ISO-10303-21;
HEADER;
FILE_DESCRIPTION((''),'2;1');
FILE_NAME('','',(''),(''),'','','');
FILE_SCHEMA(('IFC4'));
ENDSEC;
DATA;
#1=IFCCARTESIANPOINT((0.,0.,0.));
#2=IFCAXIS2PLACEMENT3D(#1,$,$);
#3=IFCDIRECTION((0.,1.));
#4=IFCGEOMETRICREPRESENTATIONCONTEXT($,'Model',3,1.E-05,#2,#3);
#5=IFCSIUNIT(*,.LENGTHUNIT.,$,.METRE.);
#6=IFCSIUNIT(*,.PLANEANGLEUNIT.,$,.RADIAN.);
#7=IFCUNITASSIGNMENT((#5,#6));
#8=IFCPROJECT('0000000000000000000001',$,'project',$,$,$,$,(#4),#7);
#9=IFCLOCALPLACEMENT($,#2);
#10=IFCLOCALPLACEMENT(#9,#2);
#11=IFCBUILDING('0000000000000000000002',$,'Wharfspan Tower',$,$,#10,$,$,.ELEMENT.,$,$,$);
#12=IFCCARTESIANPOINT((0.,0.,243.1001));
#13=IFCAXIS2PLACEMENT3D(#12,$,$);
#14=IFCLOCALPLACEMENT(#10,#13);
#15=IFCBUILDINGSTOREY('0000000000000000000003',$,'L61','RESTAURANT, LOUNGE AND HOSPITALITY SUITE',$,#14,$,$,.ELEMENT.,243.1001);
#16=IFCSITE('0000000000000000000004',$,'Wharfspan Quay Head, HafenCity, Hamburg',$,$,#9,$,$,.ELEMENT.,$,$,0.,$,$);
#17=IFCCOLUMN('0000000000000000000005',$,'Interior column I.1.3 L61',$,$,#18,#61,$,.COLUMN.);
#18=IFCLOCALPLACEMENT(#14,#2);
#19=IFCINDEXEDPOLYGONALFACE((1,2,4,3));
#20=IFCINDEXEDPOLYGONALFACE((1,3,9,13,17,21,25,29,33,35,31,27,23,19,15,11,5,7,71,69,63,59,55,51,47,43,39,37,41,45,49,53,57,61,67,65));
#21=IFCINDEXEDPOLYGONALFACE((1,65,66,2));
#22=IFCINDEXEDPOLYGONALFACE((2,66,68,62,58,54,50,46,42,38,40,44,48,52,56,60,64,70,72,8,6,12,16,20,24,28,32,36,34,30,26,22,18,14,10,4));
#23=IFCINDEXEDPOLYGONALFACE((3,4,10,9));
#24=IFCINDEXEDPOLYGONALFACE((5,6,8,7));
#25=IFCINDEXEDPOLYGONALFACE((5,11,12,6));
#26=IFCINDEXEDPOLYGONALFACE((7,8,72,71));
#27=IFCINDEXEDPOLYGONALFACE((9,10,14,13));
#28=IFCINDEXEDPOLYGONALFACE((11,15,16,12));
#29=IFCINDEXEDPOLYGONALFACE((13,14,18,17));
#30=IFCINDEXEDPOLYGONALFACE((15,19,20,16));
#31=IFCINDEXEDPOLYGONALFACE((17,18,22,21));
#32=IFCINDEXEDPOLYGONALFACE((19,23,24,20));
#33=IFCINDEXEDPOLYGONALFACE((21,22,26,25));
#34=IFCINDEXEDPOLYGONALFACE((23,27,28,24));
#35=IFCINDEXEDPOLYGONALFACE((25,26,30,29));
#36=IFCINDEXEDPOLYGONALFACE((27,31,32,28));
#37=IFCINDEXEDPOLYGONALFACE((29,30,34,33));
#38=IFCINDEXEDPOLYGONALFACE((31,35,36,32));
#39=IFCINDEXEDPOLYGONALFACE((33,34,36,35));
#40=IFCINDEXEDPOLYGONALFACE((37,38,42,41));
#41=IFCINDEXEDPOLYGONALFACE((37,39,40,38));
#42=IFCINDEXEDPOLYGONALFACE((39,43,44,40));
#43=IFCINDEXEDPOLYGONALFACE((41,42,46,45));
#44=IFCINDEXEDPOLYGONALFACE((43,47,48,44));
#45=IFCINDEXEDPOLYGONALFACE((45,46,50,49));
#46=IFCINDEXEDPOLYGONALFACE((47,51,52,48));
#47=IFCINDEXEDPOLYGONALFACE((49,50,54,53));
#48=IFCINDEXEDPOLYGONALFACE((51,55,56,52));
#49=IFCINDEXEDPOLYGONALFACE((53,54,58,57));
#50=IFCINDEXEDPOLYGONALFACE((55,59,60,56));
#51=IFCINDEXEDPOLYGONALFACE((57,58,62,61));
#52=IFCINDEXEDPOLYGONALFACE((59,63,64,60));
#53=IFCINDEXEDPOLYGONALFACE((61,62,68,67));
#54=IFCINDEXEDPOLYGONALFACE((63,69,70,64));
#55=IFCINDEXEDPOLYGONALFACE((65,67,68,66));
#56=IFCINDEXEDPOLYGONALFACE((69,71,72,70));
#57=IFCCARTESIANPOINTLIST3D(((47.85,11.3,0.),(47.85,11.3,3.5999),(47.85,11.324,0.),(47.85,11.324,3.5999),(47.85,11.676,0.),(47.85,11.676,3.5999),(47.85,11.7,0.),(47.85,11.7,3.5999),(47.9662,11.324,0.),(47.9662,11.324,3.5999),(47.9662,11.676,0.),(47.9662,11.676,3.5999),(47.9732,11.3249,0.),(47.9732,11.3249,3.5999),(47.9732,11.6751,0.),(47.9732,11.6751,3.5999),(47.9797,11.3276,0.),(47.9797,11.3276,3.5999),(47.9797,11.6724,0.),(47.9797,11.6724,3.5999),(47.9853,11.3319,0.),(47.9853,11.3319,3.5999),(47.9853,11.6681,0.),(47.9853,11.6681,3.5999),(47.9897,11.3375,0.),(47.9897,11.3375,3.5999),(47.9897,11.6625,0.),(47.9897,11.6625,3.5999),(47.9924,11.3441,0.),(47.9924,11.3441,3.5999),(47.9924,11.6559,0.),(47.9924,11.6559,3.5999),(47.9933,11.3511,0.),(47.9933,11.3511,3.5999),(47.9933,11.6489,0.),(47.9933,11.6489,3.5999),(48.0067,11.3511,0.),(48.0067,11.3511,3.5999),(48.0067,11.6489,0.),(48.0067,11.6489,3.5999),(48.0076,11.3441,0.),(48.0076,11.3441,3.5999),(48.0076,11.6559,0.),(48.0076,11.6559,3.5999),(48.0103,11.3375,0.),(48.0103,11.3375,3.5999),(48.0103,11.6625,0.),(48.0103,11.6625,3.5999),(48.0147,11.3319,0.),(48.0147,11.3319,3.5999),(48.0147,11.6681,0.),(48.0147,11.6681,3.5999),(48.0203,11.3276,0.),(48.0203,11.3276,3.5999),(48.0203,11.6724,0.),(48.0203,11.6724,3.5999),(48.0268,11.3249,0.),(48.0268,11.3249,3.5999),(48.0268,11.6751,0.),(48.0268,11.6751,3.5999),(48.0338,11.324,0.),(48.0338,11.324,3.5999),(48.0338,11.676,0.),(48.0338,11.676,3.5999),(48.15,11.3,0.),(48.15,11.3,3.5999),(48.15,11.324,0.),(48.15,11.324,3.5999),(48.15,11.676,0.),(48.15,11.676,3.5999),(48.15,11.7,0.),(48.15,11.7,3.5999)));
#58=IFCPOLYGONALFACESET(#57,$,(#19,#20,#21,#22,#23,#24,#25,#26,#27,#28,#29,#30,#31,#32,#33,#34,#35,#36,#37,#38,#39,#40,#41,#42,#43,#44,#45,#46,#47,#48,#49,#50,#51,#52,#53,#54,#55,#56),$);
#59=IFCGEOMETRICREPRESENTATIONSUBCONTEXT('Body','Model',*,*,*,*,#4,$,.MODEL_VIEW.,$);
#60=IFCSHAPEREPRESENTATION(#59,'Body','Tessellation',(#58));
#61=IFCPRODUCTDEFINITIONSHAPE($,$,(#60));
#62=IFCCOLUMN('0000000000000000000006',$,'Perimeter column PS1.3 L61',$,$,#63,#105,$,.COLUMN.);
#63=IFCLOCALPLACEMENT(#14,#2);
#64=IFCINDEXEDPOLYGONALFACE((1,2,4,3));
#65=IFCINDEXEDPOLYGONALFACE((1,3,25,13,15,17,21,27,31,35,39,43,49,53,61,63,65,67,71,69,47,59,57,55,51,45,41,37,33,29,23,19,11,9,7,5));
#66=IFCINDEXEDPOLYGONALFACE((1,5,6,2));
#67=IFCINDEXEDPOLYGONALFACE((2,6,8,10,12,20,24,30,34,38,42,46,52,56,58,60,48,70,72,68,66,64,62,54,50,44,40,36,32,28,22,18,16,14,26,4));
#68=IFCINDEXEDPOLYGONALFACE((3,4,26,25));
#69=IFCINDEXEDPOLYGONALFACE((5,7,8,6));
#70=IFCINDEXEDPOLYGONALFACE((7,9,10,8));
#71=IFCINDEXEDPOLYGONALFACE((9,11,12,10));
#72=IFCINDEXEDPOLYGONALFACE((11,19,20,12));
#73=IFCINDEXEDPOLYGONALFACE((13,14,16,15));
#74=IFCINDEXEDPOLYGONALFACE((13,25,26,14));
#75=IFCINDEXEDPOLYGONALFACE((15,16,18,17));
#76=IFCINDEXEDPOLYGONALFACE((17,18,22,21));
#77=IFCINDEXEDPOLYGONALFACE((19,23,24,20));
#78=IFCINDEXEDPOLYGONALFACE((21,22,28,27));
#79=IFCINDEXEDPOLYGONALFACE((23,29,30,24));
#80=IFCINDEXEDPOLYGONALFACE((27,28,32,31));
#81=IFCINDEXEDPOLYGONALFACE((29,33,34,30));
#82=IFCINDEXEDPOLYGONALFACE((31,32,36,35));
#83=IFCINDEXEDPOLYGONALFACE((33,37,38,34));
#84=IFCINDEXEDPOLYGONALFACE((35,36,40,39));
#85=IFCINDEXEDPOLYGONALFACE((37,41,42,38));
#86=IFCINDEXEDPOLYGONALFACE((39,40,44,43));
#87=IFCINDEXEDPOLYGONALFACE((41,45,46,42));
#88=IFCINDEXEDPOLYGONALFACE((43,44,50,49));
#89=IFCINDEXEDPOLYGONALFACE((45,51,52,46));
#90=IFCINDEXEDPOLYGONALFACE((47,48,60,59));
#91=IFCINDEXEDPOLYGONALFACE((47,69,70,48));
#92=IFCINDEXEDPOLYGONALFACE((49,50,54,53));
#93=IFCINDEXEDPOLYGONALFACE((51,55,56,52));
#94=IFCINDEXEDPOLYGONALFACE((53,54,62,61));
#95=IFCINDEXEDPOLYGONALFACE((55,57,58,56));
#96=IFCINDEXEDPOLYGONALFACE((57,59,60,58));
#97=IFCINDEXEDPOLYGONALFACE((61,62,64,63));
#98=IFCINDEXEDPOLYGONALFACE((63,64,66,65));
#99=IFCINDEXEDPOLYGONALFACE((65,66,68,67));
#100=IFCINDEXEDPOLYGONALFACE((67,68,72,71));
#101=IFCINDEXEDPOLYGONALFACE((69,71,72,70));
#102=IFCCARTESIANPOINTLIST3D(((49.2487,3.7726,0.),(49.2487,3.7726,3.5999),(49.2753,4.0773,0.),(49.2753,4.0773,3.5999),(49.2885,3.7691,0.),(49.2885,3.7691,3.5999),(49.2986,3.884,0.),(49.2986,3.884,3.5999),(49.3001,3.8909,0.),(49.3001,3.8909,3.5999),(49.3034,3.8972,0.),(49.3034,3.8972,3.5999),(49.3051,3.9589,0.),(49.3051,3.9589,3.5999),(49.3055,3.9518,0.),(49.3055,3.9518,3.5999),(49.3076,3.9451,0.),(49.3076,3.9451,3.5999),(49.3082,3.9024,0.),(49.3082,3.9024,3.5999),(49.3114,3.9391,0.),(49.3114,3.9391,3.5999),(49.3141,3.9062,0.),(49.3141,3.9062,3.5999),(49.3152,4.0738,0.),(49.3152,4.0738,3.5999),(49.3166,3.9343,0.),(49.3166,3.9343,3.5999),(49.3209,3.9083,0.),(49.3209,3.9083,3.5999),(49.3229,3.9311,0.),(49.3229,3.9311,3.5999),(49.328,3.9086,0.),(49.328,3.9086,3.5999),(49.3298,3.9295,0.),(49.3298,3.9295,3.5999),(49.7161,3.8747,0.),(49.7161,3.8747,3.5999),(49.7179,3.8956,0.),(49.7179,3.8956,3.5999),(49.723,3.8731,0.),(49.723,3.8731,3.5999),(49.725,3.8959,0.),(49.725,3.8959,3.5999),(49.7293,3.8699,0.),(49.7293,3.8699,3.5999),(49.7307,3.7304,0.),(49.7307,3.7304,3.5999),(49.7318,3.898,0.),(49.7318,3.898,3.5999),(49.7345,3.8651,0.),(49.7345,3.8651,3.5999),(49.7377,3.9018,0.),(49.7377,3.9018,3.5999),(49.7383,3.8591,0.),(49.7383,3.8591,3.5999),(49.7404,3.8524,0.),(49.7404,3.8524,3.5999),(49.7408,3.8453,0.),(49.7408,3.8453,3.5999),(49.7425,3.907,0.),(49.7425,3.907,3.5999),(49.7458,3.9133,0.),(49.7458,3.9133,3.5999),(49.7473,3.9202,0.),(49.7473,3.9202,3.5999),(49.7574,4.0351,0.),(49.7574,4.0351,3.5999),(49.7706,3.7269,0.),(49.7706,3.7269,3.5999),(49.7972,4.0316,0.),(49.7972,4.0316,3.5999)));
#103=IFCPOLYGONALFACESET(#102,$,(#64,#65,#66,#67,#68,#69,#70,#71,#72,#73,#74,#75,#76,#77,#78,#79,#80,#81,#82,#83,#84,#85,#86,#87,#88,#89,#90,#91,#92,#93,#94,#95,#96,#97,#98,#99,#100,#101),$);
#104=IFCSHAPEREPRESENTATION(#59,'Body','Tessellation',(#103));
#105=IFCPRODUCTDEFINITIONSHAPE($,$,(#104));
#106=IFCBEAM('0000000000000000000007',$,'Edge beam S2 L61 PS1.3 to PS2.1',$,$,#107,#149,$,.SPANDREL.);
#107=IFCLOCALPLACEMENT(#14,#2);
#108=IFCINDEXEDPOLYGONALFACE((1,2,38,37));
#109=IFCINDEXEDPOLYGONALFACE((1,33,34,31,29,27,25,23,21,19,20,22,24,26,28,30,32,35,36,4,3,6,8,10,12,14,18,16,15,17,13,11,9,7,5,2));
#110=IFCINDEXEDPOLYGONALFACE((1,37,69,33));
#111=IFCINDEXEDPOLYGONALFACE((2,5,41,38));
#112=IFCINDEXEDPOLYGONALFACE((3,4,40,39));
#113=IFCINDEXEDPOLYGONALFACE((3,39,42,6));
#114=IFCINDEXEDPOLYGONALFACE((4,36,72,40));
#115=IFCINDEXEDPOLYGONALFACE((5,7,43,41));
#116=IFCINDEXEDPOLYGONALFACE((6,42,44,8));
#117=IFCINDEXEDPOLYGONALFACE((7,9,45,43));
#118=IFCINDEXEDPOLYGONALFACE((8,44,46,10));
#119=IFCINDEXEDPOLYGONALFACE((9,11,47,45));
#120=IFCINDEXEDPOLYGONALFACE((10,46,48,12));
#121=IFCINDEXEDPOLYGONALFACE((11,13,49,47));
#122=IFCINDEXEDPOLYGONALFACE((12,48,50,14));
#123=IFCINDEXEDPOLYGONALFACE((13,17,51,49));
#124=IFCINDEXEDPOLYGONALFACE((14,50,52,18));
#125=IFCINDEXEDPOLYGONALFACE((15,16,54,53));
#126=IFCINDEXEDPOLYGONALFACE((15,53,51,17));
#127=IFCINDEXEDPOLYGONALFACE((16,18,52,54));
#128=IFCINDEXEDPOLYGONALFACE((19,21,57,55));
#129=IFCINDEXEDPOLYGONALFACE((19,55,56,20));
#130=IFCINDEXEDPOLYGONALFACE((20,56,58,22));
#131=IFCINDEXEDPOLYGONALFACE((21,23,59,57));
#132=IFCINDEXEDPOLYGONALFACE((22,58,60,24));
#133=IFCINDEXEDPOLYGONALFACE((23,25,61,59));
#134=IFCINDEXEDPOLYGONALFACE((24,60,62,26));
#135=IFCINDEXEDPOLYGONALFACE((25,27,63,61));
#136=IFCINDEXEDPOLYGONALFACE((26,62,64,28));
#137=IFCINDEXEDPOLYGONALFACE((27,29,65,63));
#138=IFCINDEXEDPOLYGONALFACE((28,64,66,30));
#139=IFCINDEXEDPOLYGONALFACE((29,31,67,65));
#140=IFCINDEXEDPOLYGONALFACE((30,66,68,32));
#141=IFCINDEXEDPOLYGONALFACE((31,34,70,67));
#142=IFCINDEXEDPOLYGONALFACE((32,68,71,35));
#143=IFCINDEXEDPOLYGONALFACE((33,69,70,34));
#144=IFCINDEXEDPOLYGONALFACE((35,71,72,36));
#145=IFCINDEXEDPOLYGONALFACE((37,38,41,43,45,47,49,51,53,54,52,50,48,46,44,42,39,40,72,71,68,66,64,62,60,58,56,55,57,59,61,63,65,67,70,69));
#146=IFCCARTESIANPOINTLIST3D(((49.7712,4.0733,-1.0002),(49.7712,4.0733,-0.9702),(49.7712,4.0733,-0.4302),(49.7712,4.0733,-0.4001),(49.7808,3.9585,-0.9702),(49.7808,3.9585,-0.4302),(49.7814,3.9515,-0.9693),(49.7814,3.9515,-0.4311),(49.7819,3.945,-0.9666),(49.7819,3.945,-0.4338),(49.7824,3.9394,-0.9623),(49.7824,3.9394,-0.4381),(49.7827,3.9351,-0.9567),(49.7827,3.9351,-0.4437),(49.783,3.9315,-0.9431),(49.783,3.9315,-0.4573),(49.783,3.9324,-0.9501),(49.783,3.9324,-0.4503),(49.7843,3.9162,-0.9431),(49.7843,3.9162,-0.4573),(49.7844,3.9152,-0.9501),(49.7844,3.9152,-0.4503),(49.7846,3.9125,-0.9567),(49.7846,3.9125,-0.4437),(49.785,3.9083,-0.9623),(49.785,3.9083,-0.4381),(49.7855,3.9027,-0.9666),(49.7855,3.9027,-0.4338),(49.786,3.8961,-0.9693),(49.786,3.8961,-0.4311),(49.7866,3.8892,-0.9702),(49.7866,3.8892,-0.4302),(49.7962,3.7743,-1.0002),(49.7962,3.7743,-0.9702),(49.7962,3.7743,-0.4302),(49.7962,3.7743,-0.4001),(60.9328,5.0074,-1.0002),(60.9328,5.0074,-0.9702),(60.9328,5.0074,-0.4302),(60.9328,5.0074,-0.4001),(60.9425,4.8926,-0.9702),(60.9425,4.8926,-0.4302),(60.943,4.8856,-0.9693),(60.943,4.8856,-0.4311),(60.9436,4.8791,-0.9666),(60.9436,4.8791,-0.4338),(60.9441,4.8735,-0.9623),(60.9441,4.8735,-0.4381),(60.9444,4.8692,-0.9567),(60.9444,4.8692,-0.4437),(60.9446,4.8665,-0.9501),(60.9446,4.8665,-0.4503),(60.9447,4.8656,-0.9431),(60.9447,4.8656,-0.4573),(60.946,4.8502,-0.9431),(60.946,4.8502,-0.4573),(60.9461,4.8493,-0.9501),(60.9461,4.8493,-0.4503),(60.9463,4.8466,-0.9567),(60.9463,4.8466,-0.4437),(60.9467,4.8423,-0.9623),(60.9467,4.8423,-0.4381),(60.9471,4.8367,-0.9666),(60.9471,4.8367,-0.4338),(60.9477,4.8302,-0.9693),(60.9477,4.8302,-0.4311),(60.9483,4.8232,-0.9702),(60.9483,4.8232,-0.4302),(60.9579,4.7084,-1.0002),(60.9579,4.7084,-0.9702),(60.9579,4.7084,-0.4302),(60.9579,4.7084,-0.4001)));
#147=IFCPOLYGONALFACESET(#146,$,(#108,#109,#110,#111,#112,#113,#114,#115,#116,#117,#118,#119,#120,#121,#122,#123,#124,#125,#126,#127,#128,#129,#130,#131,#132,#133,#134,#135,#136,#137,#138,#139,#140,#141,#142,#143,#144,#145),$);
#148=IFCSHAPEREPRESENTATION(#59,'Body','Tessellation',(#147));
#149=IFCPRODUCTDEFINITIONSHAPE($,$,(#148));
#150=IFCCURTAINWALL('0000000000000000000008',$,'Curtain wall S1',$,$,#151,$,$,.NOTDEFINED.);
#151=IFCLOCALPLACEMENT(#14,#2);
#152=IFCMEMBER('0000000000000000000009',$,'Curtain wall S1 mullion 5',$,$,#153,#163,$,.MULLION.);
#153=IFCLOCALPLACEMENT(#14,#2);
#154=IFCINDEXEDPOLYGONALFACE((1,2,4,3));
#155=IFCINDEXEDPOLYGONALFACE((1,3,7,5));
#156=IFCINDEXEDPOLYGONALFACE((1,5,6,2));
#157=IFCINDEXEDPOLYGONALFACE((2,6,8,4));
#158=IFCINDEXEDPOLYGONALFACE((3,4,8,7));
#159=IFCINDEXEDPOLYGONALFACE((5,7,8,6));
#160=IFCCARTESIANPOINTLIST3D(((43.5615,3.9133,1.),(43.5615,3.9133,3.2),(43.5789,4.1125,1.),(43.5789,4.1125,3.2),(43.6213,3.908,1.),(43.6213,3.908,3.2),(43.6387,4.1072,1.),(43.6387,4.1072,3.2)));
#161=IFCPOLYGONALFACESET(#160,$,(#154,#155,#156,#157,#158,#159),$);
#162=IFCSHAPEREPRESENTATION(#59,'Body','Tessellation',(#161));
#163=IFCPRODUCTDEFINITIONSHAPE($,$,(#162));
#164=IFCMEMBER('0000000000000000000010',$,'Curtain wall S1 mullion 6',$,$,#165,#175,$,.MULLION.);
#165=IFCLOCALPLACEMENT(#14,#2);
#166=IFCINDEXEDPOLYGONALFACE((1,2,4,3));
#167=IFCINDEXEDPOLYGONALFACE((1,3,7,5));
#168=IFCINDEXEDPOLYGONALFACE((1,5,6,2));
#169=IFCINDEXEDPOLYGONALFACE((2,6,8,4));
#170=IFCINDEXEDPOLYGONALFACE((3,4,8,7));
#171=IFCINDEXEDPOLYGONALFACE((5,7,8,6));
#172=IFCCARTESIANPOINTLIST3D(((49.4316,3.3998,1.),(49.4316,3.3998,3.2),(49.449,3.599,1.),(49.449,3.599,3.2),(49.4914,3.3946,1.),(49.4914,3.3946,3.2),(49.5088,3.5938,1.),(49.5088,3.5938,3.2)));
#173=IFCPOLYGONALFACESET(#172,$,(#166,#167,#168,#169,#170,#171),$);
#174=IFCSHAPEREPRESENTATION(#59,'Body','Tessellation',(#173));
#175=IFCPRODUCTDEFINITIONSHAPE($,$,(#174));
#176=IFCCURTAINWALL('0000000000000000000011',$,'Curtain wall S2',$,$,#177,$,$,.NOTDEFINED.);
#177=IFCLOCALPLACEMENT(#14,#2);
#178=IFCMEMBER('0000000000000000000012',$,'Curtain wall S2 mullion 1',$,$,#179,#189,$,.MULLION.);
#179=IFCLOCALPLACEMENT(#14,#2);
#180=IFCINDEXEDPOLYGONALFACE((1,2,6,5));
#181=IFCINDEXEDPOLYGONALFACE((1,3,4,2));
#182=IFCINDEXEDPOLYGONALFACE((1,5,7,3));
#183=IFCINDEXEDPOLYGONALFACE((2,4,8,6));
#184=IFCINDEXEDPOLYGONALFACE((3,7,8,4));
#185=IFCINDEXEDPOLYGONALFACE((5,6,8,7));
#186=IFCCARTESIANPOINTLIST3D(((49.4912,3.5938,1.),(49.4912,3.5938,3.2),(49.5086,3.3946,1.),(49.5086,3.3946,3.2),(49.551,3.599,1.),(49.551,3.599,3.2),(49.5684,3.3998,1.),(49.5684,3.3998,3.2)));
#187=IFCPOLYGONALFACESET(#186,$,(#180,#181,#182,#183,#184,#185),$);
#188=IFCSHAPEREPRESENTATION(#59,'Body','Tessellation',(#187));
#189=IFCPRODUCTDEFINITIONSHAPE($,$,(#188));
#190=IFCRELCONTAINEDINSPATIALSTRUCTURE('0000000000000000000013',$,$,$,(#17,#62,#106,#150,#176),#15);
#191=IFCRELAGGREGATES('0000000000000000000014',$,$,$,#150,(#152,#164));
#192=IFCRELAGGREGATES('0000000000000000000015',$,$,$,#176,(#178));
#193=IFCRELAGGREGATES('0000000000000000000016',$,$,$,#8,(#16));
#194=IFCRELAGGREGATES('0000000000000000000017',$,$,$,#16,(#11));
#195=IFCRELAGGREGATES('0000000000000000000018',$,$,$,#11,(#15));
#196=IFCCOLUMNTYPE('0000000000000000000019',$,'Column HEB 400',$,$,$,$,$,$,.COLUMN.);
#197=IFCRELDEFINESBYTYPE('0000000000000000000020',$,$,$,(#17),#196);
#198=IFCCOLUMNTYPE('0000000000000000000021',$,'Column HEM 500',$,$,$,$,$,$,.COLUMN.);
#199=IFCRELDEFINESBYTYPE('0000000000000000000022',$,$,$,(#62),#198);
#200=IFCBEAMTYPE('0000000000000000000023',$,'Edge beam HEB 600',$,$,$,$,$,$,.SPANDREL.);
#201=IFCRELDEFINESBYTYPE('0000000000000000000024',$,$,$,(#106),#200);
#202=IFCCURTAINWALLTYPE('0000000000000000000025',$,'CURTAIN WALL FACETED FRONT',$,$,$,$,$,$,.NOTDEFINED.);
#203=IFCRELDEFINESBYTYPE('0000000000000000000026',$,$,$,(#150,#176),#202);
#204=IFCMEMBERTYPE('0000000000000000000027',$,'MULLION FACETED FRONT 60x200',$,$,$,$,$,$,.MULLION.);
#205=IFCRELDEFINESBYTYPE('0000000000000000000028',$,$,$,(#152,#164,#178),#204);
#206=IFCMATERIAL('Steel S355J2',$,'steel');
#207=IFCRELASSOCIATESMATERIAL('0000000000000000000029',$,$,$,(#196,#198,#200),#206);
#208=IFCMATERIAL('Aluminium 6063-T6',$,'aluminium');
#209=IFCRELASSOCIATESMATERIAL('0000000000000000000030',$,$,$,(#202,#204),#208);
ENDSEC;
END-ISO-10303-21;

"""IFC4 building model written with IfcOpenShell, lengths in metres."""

from ifc_helpers import new_model, si_unit, direction, frame, origin, origin_2d, place, context, subcontext, project, spatial, rectangle, i_section, extrude, material, material_profile, profile_set, type_object, element, aggregate, save


model = new_model("IFC4")

# Units and contexts
model_context = context("Model", 3, precision=1e-05, world=origin(), true_north=direction((0.0, 1.0)))
body_context = subcontext(model_context, "Body", "Model", "MODEL_VIEW")
ifc_project = project(units=[si_unit("LENGTHUNIT", "METRE"), si_unit("PLANEANGLEUNIT", "RADIAN")], contexts=[model_context])

# Site, building, storey
site_placement = place(None, origin())
site = spatial("IfcSite", under=ifc_project, at=site_placement, Name="Wharfspan Quay Head, HafenCity, Hamburg", CompositionType="ELEMENT", RefElevation=0.0)
building_placement = place(site_placement, origin())
building = spatial("IfcBuilding", under=site, at=building_placement, Name="Wharfspan Tower", CompositionType="ELEMENT")
storey_placement = place(building_placement, frame((0.0, 0.0, 243.1001)))
storey = spatial("IfcBuildingStorey", under=building, at=storey_placement, Name="L61", Description="RESTAURANT, LOUNGE AND HOSPITALITY SUITE", CompositionType="ELEMENT", Elevation=243.1001)

# Columns
ifc_material_1 = material(Name="Steel S355J2", Category="steel")
ifc_material_profile_1 = material_profile(ifc_material_1, i_section(OverallWidth=0.3, OverallDepth=0.3999, WebThickness=0.0134, FlangeThickness=0.0239, FilletRadius=0.0271, at=origin_2d()))
ifc_profile_set_1 = profile_set([ifc_material_profile_1], Name="Steel S355J2")
column_type_1 = type_object("IfcColumnType", Name="Column HEB 400", PredefinedType="COLUMN", material=ifc_profile_set_1)
column_1_placement = place(storey_placement, frame((48.0, 11.5, 0.0), z_axis=(0.0, 0.0, 1.0), x_axis=(1.0, 0.0, 0.0)))
element("IfcColumn", 1, at=column_1_placement, inside=storey, type_object=column_type_1, Name="Interior column I.1.3 L61", PredefinedType="COLUMN", context=body_context, shape_type="SweptSolid", body=[
    extrude(i_section(OverallWidth=0.3, OverallDepth=0.3999, WebThickness=0.0134, FlangeThickness=0.0239, FilletRadius=0.0271, at=origin_2d()), origin(), (0.0, 0.0, 1.0), 3.5999),
])
ifc_material_profile_2 = material_profile(ifc_material_1, i_section(OverallWidth=0.3059, OverallDepth=0.5239, WebThickness=0.021, FlangeThickness=0.04, FilletRadius=0.0271, at=origin_2d()))
ifc_profile_set_2 = profile_set([ifc_material_profile_2], Name="Steel S355J2")
column_type_2 = type_object("IfcColumnType", Name="Column HEM 500", PredefinedType="COLUMN", material=ifc_profile_set_2)
column_2_placement = place(storey_placement, frame((49.5229, 3.9021, 0.0), z_axis=(0.0, 0.0, 1.0), x_axis=(-0.087156, -0.996197, 0.0)))
element("IfcColumn", 2, at=column_2_placement, inside=storey, type_object=column_type_2, Name="Perimeter column PS1.3 L61", PredefinedType="COLUMN", context=body_context, shape_type="SweptSolid", body=[
    extrude(i_section(OverallWidth=0.3059, OverallDepth=0.5239, WebThickness=0.021, FlangeThickness=0.04, FilletRadius=0.0271, at=origin_2d()), origin(), (0.0, 0.0, 1.0), 3.5999),
])

# Beam
ifc_material_profile_3 = material_profile(ifc_material_1, i_section(OverallWidth=0.3, OverallDepth=0.6001, WebThickness=0.0154, FlangeThickness=0.03, FilletRadius=0.0271, at=origin_2d()))
ifc_profile_set_3 = profile_set([ifc_material_profile_3], Name="Steel S355J2")
beam_type = type_object("IfcBeamType", Name="Edge beam HEB 600", PredefinedType="SPANDREL", material=ifc_profile_set_3)
beam_placement = place(storey_placement, frame((49.7837, 3.9238, -0.7002), z_axis=(0.996517, 0.083395, 0.0), x_axis=(-0.083395, 0.996517, 0.0)))
element("IfcBeam", 3, at=beam_placement, inside=storey, type_object=beam_type, Name="Edge beam S2 L61 PS1.3 to PS2.1", PredefinedType="SPANDREL", context=body_context, shape_type="SweptSolid", body=[
    extrude(i_section(OverallWidth=0.3, OverallDepth=0.6001, WebThickness=0.0154, FlangeThickness=0.03, FilletRadius=0.0271, at=origin_2d()), origin(), (0.0, 0.0, 1.0), 11.2007),
])

# Curtain walls, members
ifc_material_2 = material(Name="Aluminium 6063-T6", Category="aluminium")
curtain_wall_type = type_object("IfcCurtainWallType", Name="CURTAIN WALL FACETED FRONT", PredefinedType="NOTDEFINED", material=ifc_material_2)
curtain_wall_1_placement = place(storey_placement, origin())
curtain_wall_1 = element("IfcCurtainWall", 4, at=curtain_wall_1_placement, inside=storey, type_object=curtain_wall_type, Name="Curtain wall S1", PredefinedType="NOTDEFINED")
ifc_material_profile_4 = material_profile(ifc_material_2, rectangle(XDim=0.2, YDim=0.0601, at=origin_2d()))
ifc_profile_set_4 = profile_set([ifc_material_profile_4], Name="Aluminium 6063-T6")
member_type_1 = type_object("IfcMemberType", Name="MULLION FACETED FRONT 60x200", PredefinedType="MULLION", material=ifc_profile_set_4)
member_1_placement = place(storey_placement, frame((43.6001, 4.0103, 1.0), z_axis=(0.0, 0.0, 1.0), x_axis=(0.087156, 0.996197, 0.0)))
member_1 = element("IfcMember", 5, at=member_1_placement, type_object=member_type_1, Name="Curtain wall S1 mullion 5", PredefinedType="MULLION", context=body_context, shape_type="SweptSolid", body=[
    extrude(rectangle(XDim=0.2, YDim=0.0601, at=origin_2d()), origin(), (0.0, 0.0, 1.0), 2.2),
])
member_2_placement = place(storey_placement, frame((49.4702, 3.4968, 1.0), z_axis=(0.0, 0.0, 1.0), x_axis=(0.087156, 0.996197, 0.0)))
member_2 = element("IfcMember", 6, at=member_2_placement, type_object=member_type_1, Name="Curtain wall S1 mullion 6", PredefinedType="MULLION", context=body_context, shape_type="SweptSolid", body=[
    extrude(rectangle(XDim=0.2, YDim=0.0601, at=origin_2d()), origin(), (0.0, 0.0, 1.0), 2.2),
])
curtain_wall_2_placement = place(storey_placement, origin())
curtain_wall_2 = element("IfcCurtainWall", 7, at=curtain_wall_2_placement, inside=storey, type_object=curtain_wall_type, Name="Curtain wall S2", PredefinedType="NOTDEFINED")
member_3_placement = place(storey_placement, frame((49.5298, 3.4968, 1.0), z_axis=(0.0, 0.0, 1.0), x_axis=(-0.087156, 0.996197, 0.0)))
member_3 = element("IfcMember", 8, at=member_3_placement, type_object=member_type_1, Name="Curtain wall S2 mullion 1", PredefinedType="MULLION", context=body_context, shape_type="SweptSolid", body=[
    extrude(rectangle(XDim=0.2, YDim=0.0601, at=origin_2d()), origin(), (0.0, 0.0, 1.0), 2.2),
])

aggregate(curtain_wall_1, [member_1, member_2])
aggregate(curtain_wall_2, [member_3])

save(model, "model.ifc")
